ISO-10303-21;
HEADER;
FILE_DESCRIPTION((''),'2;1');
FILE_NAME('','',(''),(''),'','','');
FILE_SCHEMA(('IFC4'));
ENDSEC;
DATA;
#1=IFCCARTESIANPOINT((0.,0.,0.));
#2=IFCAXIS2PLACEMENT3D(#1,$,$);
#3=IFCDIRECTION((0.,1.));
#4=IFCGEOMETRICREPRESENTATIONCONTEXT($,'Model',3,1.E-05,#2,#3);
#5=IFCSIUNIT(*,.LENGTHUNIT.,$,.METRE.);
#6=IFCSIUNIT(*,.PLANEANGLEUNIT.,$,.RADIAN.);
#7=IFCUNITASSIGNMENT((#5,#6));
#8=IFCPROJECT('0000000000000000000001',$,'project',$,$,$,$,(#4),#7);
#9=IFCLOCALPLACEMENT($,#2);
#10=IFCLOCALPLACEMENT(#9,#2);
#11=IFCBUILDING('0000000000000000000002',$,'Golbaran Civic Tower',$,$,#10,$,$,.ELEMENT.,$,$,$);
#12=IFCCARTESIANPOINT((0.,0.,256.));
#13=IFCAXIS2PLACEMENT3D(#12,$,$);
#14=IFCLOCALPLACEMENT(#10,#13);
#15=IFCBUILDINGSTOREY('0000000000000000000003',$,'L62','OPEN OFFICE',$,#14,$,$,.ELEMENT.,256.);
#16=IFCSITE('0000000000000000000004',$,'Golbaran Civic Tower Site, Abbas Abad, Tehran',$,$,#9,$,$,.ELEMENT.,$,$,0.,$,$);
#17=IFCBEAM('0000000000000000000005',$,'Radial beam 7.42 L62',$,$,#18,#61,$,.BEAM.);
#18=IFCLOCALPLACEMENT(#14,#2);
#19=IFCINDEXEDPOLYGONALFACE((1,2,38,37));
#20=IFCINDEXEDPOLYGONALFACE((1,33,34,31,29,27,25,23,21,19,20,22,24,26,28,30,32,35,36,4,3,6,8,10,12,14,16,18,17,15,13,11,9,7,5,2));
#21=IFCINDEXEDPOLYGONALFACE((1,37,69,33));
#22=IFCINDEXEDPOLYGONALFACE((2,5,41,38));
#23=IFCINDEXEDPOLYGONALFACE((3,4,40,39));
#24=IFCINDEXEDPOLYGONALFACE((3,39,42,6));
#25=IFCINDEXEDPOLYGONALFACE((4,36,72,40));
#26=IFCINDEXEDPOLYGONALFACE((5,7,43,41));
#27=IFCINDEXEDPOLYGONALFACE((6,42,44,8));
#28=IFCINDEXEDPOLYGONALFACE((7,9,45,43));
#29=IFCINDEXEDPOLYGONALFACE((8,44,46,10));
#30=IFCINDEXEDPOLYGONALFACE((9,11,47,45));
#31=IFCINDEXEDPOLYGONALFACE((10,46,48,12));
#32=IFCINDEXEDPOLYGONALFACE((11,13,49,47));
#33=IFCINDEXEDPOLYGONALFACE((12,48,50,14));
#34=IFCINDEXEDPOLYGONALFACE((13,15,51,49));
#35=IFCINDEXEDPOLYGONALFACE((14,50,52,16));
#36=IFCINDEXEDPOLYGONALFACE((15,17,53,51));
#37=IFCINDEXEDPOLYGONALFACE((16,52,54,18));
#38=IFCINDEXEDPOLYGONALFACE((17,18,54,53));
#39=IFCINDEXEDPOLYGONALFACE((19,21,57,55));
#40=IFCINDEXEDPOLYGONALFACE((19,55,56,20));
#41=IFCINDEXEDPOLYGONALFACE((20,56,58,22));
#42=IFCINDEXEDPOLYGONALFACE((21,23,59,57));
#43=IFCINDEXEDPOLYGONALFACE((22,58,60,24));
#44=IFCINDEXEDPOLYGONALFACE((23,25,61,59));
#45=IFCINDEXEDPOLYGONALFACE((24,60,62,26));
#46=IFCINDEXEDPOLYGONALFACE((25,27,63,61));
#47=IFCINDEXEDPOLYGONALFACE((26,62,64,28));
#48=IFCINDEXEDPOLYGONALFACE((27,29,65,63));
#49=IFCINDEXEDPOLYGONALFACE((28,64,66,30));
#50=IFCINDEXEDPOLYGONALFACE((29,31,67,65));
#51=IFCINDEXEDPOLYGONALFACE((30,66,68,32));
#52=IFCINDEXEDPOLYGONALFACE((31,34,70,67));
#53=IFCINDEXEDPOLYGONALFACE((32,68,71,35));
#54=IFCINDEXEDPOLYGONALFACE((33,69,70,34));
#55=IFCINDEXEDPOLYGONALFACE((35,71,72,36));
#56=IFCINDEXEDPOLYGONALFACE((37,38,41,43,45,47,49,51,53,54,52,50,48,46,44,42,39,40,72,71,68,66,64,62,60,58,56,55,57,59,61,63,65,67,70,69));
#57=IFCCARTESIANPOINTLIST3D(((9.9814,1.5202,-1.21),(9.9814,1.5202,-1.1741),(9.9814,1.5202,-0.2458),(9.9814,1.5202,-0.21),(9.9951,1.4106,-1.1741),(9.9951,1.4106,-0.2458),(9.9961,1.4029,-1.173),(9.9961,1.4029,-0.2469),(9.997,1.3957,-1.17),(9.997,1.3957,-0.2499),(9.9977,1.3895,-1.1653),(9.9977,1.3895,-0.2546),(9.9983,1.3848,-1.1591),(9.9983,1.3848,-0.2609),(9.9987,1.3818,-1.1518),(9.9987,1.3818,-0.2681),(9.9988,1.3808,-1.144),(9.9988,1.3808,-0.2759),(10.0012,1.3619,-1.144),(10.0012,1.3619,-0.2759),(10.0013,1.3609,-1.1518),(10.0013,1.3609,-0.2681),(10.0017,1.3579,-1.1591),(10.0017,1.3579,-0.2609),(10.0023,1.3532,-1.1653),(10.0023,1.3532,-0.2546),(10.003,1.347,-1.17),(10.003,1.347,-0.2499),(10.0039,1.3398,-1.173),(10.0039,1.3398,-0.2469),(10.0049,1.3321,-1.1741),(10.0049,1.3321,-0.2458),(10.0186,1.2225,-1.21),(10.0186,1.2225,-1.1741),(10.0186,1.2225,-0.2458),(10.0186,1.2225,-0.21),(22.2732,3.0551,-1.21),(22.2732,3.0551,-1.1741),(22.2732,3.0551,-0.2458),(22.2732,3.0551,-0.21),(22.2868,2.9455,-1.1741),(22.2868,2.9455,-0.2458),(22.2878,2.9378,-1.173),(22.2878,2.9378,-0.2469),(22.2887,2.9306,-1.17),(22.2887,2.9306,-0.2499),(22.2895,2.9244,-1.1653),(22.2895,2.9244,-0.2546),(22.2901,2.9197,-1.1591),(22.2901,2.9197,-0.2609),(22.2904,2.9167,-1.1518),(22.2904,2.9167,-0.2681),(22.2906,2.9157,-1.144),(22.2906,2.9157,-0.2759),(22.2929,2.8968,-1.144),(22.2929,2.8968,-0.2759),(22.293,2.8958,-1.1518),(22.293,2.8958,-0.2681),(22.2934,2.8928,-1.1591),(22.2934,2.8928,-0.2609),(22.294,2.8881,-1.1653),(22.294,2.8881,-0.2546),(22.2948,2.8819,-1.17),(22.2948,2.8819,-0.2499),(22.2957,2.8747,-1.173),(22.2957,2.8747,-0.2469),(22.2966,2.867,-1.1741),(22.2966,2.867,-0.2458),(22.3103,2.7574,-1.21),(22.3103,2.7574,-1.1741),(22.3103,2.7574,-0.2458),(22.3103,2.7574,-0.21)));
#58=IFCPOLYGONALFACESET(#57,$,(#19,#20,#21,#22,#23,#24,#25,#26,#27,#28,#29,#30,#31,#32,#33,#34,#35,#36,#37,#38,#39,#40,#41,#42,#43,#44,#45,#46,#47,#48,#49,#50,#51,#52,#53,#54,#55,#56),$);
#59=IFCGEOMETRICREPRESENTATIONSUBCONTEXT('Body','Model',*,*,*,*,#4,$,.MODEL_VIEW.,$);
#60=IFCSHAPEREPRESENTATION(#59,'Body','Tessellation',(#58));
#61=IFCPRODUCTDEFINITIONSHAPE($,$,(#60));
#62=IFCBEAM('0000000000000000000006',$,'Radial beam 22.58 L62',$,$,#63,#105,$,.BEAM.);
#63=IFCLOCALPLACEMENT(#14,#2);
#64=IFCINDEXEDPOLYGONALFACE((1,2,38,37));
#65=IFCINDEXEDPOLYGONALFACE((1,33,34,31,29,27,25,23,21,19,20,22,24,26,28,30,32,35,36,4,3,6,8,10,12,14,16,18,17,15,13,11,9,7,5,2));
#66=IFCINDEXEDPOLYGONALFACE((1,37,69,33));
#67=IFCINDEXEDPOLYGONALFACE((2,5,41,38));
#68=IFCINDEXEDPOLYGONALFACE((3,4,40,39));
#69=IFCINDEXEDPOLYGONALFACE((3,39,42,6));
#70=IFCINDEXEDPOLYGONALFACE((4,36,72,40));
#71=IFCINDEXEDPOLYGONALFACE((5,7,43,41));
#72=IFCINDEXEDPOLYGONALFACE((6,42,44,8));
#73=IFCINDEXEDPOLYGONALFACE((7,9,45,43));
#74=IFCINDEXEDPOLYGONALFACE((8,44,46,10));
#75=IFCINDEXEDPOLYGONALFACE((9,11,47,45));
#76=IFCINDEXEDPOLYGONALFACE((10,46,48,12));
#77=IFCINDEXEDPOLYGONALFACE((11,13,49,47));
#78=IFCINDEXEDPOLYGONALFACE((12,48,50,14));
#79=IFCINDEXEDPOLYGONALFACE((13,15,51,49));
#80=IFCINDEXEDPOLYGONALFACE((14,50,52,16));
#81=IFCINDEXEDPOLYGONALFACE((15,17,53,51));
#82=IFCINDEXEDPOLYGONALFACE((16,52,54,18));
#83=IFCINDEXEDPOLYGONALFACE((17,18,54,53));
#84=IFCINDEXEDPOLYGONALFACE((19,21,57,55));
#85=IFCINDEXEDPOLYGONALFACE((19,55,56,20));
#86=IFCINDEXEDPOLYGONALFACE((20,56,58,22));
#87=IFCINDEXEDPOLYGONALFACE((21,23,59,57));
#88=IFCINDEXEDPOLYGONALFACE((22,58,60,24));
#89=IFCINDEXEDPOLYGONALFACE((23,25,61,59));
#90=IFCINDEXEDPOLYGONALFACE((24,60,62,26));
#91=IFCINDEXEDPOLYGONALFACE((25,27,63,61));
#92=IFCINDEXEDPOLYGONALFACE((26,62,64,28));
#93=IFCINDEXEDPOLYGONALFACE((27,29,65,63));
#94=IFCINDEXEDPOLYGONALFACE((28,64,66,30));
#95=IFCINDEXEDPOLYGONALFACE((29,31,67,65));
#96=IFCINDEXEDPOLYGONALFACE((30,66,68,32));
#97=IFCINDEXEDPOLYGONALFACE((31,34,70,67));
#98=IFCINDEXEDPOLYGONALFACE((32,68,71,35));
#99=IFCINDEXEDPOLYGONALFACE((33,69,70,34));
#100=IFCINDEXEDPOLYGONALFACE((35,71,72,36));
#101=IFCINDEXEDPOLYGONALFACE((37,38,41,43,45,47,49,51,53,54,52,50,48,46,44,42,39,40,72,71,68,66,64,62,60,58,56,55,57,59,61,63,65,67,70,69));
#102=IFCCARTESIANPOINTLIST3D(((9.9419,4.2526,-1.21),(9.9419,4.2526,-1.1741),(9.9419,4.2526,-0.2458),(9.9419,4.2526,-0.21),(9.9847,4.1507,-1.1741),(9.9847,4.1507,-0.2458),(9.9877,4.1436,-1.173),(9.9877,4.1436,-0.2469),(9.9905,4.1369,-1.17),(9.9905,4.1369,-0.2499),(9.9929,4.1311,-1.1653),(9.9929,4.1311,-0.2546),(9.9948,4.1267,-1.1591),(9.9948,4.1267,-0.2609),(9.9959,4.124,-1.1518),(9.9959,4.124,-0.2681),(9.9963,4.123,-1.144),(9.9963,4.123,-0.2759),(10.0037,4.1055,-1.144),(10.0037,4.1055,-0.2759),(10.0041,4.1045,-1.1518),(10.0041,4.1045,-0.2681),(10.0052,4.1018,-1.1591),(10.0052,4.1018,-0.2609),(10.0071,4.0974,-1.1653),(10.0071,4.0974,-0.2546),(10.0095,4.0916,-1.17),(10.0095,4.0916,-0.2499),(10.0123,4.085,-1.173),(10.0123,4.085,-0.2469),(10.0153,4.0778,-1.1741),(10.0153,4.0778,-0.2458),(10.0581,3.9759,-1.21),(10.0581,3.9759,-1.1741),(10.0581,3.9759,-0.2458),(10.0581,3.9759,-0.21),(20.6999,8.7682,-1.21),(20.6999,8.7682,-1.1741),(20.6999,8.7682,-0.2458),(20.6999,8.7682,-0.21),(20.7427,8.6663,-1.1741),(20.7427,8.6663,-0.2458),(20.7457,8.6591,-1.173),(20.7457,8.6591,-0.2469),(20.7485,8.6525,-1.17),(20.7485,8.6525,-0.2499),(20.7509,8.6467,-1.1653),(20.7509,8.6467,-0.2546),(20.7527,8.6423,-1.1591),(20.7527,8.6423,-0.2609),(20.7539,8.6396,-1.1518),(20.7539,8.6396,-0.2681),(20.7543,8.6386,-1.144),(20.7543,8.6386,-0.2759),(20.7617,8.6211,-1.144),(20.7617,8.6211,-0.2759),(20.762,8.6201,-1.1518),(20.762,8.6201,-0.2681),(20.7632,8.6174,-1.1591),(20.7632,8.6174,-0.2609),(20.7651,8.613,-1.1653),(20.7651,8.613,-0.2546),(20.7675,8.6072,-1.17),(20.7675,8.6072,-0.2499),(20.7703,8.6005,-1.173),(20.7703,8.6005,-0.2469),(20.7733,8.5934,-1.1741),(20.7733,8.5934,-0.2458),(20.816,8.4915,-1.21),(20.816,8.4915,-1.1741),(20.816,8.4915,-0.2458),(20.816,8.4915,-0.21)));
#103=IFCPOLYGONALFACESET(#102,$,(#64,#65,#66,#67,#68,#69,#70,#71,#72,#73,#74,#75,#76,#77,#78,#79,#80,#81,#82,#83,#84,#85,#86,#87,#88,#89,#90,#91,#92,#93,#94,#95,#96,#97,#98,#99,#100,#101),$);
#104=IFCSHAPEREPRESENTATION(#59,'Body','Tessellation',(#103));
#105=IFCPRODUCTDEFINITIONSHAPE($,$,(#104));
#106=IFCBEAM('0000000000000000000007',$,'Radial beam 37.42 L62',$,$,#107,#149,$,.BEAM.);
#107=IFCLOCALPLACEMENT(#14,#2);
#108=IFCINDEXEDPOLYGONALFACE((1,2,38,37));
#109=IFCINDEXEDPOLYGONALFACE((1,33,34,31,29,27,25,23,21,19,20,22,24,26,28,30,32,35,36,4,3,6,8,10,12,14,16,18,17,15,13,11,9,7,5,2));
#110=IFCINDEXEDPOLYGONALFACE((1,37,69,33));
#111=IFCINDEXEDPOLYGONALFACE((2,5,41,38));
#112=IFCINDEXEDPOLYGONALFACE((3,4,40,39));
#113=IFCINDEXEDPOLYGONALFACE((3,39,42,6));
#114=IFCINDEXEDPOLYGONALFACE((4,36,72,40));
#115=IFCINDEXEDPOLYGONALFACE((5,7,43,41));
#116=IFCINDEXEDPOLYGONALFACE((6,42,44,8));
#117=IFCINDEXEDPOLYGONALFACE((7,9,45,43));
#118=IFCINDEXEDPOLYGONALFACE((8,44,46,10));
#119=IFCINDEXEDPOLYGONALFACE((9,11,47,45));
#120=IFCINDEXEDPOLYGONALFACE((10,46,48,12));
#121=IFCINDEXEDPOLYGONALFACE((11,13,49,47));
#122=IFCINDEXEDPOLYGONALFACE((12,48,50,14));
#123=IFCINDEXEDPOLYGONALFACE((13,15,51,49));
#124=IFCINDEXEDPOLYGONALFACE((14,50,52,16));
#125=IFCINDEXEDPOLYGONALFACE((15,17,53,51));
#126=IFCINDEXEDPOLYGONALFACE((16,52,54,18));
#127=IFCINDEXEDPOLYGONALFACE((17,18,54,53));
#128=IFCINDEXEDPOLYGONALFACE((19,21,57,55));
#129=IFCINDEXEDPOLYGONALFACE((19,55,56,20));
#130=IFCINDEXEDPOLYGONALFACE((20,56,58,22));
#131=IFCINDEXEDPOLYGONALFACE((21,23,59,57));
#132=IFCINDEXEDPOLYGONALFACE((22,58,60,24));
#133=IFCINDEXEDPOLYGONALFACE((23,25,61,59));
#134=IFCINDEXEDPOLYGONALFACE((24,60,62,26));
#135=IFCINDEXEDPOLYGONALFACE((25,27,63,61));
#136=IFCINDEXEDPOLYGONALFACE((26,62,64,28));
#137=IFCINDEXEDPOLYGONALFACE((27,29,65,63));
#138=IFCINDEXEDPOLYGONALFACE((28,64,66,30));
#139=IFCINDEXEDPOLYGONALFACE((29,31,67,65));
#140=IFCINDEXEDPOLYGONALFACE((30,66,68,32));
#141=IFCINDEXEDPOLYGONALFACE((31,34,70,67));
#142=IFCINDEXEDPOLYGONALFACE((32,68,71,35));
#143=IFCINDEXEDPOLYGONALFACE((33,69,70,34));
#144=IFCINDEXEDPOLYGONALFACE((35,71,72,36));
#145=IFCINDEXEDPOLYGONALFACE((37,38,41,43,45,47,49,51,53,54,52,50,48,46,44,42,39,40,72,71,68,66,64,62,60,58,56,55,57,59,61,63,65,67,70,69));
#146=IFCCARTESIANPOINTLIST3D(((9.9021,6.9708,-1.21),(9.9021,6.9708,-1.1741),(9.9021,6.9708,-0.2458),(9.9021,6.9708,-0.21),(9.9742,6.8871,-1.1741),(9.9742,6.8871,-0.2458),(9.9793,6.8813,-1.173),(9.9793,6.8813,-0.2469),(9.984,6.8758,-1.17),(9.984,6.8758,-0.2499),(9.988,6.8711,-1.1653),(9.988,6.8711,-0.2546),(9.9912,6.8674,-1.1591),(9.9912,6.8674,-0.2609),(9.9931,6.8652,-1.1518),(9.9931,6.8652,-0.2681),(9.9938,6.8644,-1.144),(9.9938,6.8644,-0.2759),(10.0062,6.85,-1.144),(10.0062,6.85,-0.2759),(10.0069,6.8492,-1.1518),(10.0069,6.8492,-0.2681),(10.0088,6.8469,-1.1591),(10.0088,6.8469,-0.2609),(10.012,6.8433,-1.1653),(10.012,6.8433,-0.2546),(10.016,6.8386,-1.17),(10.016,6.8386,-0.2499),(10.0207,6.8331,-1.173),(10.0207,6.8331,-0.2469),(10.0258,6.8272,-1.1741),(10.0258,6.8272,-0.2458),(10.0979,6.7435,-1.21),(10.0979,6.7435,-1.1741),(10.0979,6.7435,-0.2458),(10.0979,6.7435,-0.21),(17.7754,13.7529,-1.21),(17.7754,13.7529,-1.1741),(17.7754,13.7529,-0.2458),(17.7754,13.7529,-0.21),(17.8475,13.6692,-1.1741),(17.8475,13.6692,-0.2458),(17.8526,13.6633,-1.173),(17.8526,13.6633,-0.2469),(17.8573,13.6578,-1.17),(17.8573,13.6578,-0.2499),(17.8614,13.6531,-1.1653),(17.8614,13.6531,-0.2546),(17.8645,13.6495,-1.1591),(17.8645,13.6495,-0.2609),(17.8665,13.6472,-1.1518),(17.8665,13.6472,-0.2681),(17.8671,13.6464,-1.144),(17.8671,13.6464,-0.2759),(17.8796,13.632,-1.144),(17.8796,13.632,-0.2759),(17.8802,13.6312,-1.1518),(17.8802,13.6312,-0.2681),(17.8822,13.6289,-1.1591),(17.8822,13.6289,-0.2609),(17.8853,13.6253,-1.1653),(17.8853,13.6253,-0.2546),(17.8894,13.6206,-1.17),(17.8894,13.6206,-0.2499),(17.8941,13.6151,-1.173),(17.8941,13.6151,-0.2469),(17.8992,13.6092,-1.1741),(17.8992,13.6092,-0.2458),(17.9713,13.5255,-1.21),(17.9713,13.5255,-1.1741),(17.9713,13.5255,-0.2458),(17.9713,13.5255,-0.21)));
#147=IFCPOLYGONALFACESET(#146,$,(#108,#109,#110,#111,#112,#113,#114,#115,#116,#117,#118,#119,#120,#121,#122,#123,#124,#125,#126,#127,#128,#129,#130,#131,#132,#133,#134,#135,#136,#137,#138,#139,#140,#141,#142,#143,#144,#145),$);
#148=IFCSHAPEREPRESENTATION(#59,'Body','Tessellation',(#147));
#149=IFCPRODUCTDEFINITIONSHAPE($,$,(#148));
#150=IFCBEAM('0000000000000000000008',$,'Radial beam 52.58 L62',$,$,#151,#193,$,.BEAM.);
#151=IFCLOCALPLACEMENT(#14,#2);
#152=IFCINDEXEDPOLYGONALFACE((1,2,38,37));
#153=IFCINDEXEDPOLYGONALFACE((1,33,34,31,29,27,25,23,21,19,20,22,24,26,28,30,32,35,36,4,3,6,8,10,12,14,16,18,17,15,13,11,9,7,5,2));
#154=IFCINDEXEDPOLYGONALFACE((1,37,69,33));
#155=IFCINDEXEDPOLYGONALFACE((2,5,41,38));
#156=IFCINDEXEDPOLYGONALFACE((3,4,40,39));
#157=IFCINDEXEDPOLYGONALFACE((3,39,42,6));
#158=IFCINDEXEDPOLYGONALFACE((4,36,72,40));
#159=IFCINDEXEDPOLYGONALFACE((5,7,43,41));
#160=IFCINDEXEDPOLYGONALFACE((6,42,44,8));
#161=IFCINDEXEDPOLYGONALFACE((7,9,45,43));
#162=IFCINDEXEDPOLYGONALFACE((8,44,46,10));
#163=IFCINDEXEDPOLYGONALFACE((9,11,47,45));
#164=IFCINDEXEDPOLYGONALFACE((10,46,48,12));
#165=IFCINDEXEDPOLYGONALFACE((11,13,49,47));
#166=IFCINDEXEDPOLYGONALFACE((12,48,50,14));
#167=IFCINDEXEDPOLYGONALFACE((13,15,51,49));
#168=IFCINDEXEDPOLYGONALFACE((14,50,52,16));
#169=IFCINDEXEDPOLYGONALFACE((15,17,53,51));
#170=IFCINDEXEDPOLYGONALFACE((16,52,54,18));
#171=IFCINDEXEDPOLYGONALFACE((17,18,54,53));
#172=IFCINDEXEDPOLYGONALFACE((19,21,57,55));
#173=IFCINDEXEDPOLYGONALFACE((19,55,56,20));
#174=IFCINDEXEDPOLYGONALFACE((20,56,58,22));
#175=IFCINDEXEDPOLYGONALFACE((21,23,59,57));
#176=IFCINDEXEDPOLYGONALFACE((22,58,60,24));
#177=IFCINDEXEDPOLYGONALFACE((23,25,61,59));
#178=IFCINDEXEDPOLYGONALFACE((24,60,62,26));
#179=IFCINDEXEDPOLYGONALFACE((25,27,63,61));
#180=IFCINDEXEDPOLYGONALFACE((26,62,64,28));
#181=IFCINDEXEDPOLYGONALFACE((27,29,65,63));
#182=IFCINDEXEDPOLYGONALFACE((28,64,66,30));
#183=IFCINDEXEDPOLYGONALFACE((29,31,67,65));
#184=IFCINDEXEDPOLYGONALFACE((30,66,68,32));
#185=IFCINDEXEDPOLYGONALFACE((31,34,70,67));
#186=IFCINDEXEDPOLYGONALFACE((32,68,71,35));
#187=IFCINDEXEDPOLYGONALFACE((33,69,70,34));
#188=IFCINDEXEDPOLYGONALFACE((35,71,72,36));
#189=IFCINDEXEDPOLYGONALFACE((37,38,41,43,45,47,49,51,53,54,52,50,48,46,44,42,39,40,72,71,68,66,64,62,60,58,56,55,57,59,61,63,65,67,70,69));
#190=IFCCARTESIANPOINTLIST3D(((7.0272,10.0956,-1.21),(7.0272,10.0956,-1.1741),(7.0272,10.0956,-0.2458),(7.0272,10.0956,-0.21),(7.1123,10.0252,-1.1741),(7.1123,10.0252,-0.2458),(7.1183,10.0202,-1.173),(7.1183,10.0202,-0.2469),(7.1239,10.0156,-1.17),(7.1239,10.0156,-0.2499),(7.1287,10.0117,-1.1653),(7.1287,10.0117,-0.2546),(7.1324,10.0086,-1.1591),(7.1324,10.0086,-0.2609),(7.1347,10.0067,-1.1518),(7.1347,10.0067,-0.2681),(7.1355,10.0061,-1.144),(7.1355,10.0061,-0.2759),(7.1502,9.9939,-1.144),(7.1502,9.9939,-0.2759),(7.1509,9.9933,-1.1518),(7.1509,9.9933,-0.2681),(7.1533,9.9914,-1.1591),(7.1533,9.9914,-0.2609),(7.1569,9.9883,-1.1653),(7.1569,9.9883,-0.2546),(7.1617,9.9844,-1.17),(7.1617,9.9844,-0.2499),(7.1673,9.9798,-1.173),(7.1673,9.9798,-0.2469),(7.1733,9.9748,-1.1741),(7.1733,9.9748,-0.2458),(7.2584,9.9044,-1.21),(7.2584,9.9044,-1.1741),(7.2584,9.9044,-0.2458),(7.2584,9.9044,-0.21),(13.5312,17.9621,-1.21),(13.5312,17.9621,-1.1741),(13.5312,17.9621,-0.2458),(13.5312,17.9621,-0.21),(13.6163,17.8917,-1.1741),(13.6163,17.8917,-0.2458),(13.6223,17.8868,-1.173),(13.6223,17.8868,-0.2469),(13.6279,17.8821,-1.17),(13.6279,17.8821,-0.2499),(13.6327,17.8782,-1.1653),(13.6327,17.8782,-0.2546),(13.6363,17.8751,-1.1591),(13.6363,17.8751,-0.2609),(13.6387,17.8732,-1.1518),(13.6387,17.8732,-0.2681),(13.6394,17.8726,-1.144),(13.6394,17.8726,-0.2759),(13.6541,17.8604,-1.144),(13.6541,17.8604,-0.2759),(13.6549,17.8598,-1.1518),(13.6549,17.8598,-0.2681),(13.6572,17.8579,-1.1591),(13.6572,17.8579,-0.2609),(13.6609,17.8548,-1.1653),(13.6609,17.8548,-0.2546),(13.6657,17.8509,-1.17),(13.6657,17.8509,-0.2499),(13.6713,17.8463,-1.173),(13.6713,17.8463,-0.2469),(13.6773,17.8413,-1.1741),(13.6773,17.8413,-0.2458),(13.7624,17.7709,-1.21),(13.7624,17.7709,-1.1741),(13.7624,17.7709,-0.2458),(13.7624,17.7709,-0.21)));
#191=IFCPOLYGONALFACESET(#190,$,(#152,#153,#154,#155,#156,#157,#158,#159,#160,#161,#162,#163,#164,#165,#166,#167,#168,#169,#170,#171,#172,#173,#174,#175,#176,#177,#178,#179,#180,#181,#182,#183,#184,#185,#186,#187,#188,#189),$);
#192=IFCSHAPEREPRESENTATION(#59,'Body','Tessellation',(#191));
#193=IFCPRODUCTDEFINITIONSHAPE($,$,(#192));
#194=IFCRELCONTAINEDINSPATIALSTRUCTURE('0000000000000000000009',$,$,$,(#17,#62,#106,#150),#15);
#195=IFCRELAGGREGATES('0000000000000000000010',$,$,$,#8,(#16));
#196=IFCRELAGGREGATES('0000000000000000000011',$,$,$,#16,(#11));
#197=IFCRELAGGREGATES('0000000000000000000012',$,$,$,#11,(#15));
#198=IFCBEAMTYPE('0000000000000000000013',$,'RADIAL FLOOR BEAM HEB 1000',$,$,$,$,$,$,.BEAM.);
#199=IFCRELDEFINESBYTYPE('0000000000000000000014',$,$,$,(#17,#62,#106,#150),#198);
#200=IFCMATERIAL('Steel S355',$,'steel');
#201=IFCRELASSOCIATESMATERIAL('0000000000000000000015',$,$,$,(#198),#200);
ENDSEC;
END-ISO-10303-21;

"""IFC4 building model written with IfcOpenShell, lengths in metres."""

from ifc_helpers import new_model, si_unit, direction, frame, origin, origin_2d, place, context, subcontext, project, spatial, i_section, extrude, material, material_profile, profile_set, type_object, element, save


model = new_model("IFC4")

# Units and contexts
model_context = context("Model", 3, precision=1e-05, world=origin(), true_north=direction((0.0, 1.0)))
body_context = subcontext(model_context, "Body", "Model", "MODEL_VIEW")
ifc_project = project(units=[si_unit("LENGTHUNIT", "METRE"), si_unit("PLANEANGLEUNIT", "RADIAN")], contexts=[model_context])

# Site, building, storey
site_placement = place(None, origin())
site = spatial("IfcSite", under=ifc_project, at=site_placement, Name="Golbaran Civic Tower Site, Abbas Abad, Tehran", CompositionType="ELEMENT", RefElevation=0.0)
building_placement = place(site_placement, origin())
building = spatial("IfcBuilding", under=site, at=building_placement, Name="Golbaran Civic Tower", CompositionType="ELEMENT")
storey_placement = place(building_placement, frame((0.0, 0.0, 256.0)))
storey = spatial("IfcBuildingStorey", under=building, at=storey_placement, Name="L62", Description="OPEN OFFICE", CompositionType="ELEMENT", Elevation=256.0)

# Beams
ifc_material_1 = material(Name="Steel S355", Category="steel")
ifc_material_profile = material_profile(ifc_material_1, i_section(OverallWidth=0.3, OverallDepth=1.0, WebThickness=0.019, FlangeThickness=0.0359, FilletRadius=0.03, at=origin_2d()), Name="HEB 1000")
ifc_profile_set = profile_set([ifc_material_profile], Name="Steel S355")
beam_type = type_object("IfcBeamType", Name="RADIAL FLOOR BEAM HEB 1000", PredefinedType="BEAM", material=ifc_profile_set)
beam_1_placement = place(storey_placement, frame((10.0, 1.3713, -0.71), z_axis=(0.992293, 0.123911, 0.0), x_axis=(-0.123911, 0.992293, 0.0)))
element("IfcBeam", 1, at=beam_1_placement, inside=storey, type_object=beam_type, Name="Radial beam 7.42 L62", PredefinedType="BEAM", context=body_context, shape_type="SweptSolid", body=[
    extrude(i_section(OverallWidth=0.3, OverallDepth=1.0, WebThickness=0.019, FlangeThickness=0.0359, FilletRadius=0.03, at=origin_2d()), origin(), (0.0, 0.0, 1.0), 12.3872),
])
beam_2_placement = place(storey_placement, frame((10.0, 4.1143, -0.71), z_axis=(0.922067, 0.387031, 0.0), x_axis=(-0.387031, 0.922067, 0.0)))
element("IfcBeam", 2, at=beam_2_placement, inside=storey, type_object=beam_type, Name="Radial beam 22.58 L62", PredefinedType="BEAM", context=body_context, shape_type="SweptSolid", body=[
    extrude(i_section(OverallWidth=0.3, OverallDepth=1.0, WebThickness=0.019, FlangeThickness=0.0359, FilletRadius=0.03, at=origin_2d()), origin(), (0.0, 0.0, 1.0), 11.6672),
])
beam_3_placement = place(storey_placement, frame((10.0, 6.8572, -0.71), z_axis=(0.757664, 0.652645, 0.0), x_axis=(-0.652645, 0.757664, 0.0)))
element("IfcBeam", 3, at=beam_3_placement, inside=storey, type_object=beam_type, Name="Radial beam 37.42 L62", PredefinedType="BEAM", context=body_context, shape_type="SweptSolid", body=[
    extrude(i_section(OverallWidth=0.3, OverallDepth=1.0, WebThickness=0.019, FlangeThickness=0.0359, FilletRadius=0.03, at=origin_2d()), origin(), (0.0, 0.0, 1.0), 10.3916),
])
beam_4_placement = place(storey_placement, frame((7.1428, 10.0, -0.71), z_axis=(0.637203, 0.770696, 0.0), x_axis=(-0.770696, 0.637203, 0.0)))
element("IfcBeam", 4, at=beam_4_placement, inside=storey, type_object=beam_type, Name="Radial beam 52.58 L62", PredefinedType="BEAM", context=body_context, shape_type="SweptSolid", body=[
    extrude(i_section(OverallWidth=0.3, OverallDepth=1.0, WebThickness=0.019, FlangeThickness=0.0359, FilletRadius=0.03, at=origin_2d()), origin(), (0.0, 0.0, 1.0), 10.207),
])

save(model, "model.ifc")
